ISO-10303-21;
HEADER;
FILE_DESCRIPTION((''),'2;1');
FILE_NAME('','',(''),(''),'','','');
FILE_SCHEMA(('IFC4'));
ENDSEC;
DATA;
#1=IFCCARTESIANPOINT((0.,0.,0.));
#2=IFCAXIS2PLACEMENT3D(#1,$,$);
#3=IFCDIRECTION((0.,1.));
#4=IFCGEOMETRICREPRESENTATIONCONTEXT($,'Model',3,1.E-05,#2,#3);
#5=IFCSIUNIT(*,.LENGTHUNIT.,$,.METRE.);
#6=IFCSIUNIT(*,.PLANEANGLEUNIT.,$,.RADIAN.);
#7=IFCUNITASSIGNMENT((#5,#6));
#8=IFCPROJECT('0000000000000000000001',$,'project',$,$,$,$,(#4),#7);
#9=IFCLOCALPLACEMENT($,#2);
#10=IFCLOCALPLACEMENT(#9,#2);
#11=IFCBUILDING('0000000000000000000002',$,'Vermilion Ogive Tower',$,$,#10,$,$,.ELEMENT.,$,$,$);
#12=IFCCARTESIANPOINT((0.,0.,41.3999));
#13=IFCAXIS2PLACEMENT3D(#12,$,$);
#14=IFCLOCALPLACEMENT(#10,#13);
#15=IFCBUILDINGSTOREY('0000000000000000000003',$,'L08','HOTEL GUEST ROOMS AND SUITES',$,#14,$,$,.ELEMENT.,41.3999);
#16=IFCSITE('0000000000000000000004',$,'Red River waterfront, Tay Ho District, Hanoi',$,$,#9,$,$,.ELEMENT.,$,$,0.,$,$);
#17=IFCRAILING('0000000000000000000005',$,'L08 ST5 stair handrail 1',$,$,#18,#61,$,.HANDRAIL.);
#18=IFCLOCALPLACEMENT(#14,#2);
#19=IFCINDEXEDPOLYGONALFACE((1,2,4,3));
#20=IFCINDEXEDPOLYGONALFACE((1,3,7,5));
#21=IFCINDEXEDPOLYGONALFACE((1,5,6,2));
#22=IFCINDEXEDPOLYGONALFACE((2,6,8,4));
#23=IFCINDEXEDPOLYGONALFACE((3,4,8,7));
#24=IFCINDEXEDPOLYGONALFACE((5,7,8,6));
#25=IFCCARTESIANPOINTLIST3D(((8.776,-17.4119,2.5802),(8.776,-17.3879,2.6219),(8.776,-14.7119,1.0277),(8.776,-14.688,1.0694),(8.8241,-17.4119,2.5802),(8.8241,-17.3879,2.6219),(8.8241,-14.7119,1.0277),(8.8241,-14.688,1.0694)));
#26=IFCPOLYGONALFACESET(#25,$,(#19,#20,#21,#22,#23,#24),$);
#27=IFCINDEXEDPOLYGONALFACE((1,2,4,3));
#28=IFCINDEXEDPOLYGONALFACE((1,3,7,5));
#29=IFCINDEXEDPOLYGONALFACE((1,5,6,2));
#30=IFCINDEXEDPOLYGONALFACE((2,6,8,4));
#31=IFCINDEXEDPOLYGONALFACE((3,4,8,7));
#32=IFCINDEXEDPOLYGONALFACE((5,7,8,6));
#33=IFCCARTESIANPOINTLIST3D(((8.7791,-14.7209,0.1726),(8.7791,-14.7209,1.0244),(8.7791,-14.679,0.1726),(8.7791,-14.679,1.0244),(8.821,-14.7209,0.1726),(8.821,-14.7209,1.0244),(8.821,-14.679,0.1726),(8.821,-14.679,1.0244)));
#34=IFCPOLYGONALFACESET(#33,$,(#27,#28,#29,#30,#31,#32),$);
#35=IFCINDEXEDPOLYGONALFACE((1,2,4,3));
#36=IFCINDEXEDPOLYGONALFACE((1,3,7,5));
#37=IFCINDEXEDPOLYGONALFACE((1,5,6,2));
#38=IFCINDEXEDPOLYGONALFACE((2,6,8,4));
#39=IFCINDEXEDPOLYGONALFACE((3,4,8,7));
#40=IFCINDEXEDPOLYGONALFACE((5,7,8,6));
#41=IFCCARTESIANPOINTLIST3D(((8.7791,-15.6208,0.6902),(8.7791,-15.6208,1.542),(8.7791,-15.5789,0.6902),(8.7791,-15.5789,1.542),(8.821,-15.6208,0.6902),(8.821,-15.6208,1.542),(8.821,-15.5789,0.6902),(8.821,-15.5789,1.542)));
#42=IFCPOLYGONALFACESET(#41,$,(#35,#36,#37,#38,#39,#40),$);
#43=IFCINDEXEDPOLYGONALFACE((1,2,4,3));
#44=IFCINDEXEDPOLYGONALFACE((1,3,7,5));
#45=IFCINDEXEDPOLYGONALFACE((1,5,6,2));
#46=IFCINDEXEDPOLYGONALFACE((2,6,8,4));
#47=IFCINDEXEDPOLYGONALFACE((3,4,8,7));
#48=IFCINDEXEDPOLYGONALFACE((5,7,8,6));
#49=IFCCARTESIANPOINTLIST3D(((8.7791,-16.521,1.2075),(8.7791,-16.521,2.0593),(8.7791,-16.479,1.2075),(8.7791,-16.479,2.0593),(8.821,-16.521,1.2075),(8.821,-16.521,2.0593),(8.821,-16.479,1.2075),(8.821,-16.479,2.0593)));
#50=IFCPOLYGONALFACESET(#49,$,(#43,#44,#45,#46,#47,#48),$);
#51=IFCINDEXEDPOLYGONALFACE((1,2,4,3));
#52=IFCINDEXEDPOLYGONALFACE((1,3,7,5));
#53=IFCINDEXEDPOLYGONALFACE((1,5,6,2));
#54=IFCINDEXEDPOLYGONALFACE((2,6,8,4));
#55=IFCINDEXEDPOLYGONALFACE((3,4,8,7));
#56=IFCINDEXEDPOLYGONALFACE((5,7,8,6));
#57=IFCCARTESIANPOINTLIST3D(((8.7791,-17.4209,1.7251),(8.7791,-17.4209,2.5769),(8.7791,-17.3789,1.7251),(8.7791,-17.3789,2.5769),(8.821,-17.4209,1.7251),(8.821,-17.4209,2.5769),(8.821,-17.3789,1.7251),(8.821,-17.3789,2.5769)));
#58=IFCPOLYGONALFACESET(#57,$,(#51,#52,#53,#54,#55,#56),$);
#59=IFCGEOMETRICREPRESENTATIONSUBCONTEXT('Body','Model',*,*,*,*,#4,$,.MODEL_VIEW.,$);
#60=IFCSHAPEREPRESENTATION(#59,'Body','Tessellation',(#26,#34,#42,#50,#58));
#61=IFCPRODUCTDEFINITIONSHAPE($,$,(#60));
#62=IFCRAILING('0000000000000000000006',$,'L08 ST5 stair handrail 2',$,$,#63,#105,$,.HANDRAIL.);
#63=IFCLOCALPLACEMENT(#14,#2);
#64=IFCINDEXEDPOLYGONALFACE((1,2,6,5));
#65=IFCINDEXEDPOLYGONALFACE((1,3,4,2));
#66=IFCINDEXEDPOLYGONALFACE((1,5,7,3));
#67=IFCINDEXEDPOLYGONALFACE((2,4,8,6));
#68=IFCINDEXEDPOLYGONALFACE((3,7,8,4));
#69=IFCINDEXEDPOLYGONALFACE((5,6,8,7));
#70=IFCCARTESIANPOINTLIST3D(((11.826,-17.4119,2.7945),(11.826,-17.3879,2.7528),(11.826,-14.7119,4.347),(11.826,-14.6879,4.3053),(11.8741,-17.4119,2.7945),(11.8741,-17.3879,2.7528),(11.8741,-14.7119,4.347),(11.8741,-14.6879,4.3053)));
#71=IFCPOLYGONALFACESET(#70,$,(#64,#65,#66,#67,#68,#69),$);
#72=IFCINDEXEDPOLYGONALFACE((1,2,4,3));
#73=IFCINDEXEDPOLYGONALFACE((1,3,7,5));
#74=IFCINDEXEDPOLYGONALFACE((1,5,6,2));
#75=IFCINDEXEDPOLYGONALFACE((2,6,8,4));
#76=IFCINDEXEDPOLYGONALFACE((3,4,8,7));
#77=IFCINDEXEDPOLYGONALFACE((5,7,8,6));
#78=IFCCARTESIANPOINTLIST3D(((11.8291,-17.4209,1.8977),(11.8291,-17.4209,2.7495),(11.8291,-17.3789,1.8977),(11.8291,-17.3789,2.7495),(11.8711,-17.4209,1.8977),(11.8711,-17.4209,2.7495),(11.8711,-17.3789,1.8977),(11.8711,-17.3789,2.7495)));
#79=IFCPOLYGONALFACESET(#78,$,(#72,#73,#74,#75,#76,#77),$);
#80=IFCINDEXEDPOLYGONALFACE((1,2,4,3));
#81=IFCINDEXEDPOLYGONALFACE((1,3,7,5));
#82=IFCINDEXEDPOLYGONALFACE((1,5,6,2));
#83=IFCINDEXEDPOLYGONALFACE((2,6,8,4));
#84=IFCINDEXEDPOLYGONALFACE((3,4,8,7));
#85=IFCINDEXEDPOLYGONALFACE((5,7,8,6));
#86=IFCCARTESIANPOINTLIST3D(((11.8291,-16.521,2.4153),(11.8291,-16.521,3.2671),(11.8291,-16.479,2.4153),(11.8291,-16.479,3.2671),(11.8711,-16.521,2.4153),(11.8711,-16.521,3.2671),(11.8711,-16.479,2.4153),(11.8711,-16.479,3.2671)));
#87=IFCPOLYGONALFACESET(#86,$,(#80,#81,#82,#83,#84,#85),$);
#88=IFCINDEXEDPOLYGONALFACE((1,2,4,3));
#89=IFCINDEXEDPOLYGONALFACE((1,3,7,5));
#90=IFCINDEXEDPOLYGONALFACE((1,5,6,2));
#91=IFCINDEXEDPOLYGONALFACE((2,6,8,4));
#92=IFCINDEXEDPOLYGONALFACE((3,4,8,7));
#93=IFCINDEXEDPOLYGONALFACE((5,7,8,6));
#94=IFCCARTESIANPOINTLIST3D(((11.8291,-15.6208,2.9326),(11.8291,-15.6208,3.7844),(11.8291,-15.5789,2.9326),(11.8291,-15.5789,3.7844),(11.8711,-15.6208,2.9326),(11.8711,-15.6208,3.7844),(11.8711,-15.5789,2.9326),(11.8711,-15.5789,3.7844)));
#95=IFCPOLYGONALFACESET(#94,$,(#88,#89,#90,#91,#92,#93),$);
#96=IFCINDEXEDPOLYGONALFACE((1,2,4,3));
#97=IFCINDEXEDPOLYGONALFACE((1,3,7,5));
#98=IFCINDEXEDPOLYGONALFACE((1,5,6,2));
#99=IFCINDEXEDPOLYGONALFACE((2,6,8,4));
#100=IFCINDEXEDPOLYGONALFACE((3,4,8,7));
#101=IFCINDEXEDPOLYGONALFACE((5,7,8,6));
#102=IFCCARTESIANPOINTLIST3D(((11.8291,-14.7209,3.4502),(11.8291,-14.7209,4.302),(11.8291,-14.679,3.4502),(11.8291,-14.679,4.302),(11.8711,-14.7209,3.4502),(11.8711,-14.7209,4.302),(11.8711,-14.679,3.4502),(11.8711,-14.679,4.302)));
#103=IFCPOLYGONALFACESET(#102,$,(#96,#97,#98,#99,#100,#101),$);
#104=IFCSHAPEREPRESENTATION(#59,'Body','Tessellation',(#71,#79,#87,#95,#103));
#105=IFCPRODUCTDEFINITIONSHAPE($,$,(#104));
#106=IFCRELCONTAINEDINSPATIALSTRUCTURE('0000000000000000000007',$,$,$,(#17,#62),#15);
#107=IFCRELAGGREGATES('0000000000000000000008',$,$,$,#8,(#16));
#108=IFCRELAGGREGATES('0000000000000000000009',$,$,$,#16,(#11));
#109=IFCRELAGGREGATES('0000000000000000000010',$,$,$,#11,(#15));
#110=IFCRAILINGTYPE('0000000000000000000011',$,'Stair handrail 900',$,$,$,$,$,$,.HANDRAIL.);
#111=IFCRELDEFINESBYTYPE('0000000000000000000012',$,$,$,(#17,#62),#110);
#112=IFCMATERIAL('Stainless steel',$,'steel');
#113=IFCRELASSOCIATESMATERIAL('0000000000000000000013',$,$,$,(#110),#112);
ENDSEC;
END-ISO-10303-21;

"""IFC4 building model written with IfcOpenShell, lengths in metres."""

from ifc_helpers import new_model, si_unit, direction, frame, origin, origin_2d, place, context, subcontext, project, spatial, rectangle, extrude, material, type_object, element, save


model = new_model("IFC4")

# Units and contexts
model_context = context("Model", 3, precision=1e-05, world=origin(), true_north=direction((0.0, 1.0)))
body_context = subcontext(model_context, "Body", "Model", "MODEL_VIEW")
ifc_project = project(units=[si_unit("LENGTHUNIT", "METRE"), si_unit("PLANEANGLEUNIT", "RADIAN")], contexts=[model_context])

# Site, building, storey
site_placement = place(None, origin())
site = spatial("IfcSite", under=ifc_project, at=site_placement, Name="Red River waterfront, Tay Ho District, Hanoi", CompositionType="ELEMENT", RefElevation=0.0)
building_placement = place(site_placement, origin())
building = spatial("IfcBuilding", under=site, at=building_placement, Name="Vermilion Ogive Tower", CompositionType="ELEMENT")
storey_placement = place(building_placement, frame((0.0, 0.0, 41.3999)))
storey = spatial("IfcBuildingStorey", under=building, at=storey_placement, Name="L08", Description="HOTEL GUEST ROOMS AND SUITES", CompositionType="ELEMENT", Elevation=41.3999)

# Railings
ifc_material_1 = material(Name="Stainless steel", Category="steel")
railing_type_1 = type_object("IfcRailingType", Name="Stair handrail 900", PredefinedType="HANDRAIL", material=ifc_material_1)
railing_1_placement = place(storey_placement, frame((8.8, -14.7, 0.1726)))
element("IfcRailing", 1, at=railing_1_placement, inside=storey, type_object=railing_type_1, Name="L08 ST5 stair handrail 1", PredefinedType="HANDRAIL", context=body_context, shape_type="SweptSolid", body=[
    extrude(rectangle(XDim=0.0481, YDim=0.0481, at=origin_2d()), frame((0.0, 0.0, 0.876), z_axis=(0.0, -0.866904, 0.498476), x_axis=(1.0, 0.0, 0.0)), (0.0, 0.0, 1.0), 3.1145),
    extrude(rectangle(XDim=0.042, YDim=0.042, at=origin_2d()), origin(), (0.0, 0.0, 1.0), 0.8518),
    extrude(rectangle(XDim=0.042, YDim=0.042, at=origin_2d()), frame((0.0, -0.8999, 0.5176)), (0.0, 0.0, 1.0), 0.8518),
    extrude(rectangle(XDim=0.042, YDim=0.042, at=origin_2d()), frame((0.0, -1.8, 1.0349)), (0.0, 0.0, 1.0), 0.8518),
    extrude(rectangle(XDim=0.042, YDim=0.042, at=origin_2d()), frame((0.0, -2.7, 1.5525)), (0.0, 0.0, 1.0), 0.8518),
])
railing_2_placement = place(storey_placement, frame((11.8501, -17.3999, 1.8977)))
element("IfcRailing", 2, at=railing_2_placement, inside=storey, type_object=railing_type_1, Name="L08 ST5 stair handrail 2", PredefinedType="HANDRAIL", context=body_context, shape_type="SweptSolid", body=[
    extrude(rectangle(XDim=0.0481, YDim=0.0481, at=origin_2d()), frame((0.0, 0.0, 0.876), z_axis=(0.0, 0.866904, 0.498476), x_axis=(-1.0, 0.0, 0.0)), (0.0, 0.0, 1.0), 3.1145),
    extrude(rectangle(XDim=0.042, YDim=0.042, at=origin_2d()), origin(), (0.0, 0.0, 1.0), 0.8518),
    extrude(rectangle(XDim=0.042, YDim=0.042, at=origin_2d()), frame((0.0, 0.8999, 0.5176)), (0.0, 0.0, 1.0), 0.8518),
    extrude(rectangle(XDim=0.042, YDim=0.042, at=origin_2d()), frame((0.0, 1.8, 1.0349)), (0.0, 0.0, 1.0), 0.8518),
    extrude(rectangle(XDim=0.042, YDim=0.042, at=origin_2d()), frame((0.0, 2.7, 1.5525)), (0.0, 0.0, 1.0), 0.8518),
])

save(model, "model.ifc")
